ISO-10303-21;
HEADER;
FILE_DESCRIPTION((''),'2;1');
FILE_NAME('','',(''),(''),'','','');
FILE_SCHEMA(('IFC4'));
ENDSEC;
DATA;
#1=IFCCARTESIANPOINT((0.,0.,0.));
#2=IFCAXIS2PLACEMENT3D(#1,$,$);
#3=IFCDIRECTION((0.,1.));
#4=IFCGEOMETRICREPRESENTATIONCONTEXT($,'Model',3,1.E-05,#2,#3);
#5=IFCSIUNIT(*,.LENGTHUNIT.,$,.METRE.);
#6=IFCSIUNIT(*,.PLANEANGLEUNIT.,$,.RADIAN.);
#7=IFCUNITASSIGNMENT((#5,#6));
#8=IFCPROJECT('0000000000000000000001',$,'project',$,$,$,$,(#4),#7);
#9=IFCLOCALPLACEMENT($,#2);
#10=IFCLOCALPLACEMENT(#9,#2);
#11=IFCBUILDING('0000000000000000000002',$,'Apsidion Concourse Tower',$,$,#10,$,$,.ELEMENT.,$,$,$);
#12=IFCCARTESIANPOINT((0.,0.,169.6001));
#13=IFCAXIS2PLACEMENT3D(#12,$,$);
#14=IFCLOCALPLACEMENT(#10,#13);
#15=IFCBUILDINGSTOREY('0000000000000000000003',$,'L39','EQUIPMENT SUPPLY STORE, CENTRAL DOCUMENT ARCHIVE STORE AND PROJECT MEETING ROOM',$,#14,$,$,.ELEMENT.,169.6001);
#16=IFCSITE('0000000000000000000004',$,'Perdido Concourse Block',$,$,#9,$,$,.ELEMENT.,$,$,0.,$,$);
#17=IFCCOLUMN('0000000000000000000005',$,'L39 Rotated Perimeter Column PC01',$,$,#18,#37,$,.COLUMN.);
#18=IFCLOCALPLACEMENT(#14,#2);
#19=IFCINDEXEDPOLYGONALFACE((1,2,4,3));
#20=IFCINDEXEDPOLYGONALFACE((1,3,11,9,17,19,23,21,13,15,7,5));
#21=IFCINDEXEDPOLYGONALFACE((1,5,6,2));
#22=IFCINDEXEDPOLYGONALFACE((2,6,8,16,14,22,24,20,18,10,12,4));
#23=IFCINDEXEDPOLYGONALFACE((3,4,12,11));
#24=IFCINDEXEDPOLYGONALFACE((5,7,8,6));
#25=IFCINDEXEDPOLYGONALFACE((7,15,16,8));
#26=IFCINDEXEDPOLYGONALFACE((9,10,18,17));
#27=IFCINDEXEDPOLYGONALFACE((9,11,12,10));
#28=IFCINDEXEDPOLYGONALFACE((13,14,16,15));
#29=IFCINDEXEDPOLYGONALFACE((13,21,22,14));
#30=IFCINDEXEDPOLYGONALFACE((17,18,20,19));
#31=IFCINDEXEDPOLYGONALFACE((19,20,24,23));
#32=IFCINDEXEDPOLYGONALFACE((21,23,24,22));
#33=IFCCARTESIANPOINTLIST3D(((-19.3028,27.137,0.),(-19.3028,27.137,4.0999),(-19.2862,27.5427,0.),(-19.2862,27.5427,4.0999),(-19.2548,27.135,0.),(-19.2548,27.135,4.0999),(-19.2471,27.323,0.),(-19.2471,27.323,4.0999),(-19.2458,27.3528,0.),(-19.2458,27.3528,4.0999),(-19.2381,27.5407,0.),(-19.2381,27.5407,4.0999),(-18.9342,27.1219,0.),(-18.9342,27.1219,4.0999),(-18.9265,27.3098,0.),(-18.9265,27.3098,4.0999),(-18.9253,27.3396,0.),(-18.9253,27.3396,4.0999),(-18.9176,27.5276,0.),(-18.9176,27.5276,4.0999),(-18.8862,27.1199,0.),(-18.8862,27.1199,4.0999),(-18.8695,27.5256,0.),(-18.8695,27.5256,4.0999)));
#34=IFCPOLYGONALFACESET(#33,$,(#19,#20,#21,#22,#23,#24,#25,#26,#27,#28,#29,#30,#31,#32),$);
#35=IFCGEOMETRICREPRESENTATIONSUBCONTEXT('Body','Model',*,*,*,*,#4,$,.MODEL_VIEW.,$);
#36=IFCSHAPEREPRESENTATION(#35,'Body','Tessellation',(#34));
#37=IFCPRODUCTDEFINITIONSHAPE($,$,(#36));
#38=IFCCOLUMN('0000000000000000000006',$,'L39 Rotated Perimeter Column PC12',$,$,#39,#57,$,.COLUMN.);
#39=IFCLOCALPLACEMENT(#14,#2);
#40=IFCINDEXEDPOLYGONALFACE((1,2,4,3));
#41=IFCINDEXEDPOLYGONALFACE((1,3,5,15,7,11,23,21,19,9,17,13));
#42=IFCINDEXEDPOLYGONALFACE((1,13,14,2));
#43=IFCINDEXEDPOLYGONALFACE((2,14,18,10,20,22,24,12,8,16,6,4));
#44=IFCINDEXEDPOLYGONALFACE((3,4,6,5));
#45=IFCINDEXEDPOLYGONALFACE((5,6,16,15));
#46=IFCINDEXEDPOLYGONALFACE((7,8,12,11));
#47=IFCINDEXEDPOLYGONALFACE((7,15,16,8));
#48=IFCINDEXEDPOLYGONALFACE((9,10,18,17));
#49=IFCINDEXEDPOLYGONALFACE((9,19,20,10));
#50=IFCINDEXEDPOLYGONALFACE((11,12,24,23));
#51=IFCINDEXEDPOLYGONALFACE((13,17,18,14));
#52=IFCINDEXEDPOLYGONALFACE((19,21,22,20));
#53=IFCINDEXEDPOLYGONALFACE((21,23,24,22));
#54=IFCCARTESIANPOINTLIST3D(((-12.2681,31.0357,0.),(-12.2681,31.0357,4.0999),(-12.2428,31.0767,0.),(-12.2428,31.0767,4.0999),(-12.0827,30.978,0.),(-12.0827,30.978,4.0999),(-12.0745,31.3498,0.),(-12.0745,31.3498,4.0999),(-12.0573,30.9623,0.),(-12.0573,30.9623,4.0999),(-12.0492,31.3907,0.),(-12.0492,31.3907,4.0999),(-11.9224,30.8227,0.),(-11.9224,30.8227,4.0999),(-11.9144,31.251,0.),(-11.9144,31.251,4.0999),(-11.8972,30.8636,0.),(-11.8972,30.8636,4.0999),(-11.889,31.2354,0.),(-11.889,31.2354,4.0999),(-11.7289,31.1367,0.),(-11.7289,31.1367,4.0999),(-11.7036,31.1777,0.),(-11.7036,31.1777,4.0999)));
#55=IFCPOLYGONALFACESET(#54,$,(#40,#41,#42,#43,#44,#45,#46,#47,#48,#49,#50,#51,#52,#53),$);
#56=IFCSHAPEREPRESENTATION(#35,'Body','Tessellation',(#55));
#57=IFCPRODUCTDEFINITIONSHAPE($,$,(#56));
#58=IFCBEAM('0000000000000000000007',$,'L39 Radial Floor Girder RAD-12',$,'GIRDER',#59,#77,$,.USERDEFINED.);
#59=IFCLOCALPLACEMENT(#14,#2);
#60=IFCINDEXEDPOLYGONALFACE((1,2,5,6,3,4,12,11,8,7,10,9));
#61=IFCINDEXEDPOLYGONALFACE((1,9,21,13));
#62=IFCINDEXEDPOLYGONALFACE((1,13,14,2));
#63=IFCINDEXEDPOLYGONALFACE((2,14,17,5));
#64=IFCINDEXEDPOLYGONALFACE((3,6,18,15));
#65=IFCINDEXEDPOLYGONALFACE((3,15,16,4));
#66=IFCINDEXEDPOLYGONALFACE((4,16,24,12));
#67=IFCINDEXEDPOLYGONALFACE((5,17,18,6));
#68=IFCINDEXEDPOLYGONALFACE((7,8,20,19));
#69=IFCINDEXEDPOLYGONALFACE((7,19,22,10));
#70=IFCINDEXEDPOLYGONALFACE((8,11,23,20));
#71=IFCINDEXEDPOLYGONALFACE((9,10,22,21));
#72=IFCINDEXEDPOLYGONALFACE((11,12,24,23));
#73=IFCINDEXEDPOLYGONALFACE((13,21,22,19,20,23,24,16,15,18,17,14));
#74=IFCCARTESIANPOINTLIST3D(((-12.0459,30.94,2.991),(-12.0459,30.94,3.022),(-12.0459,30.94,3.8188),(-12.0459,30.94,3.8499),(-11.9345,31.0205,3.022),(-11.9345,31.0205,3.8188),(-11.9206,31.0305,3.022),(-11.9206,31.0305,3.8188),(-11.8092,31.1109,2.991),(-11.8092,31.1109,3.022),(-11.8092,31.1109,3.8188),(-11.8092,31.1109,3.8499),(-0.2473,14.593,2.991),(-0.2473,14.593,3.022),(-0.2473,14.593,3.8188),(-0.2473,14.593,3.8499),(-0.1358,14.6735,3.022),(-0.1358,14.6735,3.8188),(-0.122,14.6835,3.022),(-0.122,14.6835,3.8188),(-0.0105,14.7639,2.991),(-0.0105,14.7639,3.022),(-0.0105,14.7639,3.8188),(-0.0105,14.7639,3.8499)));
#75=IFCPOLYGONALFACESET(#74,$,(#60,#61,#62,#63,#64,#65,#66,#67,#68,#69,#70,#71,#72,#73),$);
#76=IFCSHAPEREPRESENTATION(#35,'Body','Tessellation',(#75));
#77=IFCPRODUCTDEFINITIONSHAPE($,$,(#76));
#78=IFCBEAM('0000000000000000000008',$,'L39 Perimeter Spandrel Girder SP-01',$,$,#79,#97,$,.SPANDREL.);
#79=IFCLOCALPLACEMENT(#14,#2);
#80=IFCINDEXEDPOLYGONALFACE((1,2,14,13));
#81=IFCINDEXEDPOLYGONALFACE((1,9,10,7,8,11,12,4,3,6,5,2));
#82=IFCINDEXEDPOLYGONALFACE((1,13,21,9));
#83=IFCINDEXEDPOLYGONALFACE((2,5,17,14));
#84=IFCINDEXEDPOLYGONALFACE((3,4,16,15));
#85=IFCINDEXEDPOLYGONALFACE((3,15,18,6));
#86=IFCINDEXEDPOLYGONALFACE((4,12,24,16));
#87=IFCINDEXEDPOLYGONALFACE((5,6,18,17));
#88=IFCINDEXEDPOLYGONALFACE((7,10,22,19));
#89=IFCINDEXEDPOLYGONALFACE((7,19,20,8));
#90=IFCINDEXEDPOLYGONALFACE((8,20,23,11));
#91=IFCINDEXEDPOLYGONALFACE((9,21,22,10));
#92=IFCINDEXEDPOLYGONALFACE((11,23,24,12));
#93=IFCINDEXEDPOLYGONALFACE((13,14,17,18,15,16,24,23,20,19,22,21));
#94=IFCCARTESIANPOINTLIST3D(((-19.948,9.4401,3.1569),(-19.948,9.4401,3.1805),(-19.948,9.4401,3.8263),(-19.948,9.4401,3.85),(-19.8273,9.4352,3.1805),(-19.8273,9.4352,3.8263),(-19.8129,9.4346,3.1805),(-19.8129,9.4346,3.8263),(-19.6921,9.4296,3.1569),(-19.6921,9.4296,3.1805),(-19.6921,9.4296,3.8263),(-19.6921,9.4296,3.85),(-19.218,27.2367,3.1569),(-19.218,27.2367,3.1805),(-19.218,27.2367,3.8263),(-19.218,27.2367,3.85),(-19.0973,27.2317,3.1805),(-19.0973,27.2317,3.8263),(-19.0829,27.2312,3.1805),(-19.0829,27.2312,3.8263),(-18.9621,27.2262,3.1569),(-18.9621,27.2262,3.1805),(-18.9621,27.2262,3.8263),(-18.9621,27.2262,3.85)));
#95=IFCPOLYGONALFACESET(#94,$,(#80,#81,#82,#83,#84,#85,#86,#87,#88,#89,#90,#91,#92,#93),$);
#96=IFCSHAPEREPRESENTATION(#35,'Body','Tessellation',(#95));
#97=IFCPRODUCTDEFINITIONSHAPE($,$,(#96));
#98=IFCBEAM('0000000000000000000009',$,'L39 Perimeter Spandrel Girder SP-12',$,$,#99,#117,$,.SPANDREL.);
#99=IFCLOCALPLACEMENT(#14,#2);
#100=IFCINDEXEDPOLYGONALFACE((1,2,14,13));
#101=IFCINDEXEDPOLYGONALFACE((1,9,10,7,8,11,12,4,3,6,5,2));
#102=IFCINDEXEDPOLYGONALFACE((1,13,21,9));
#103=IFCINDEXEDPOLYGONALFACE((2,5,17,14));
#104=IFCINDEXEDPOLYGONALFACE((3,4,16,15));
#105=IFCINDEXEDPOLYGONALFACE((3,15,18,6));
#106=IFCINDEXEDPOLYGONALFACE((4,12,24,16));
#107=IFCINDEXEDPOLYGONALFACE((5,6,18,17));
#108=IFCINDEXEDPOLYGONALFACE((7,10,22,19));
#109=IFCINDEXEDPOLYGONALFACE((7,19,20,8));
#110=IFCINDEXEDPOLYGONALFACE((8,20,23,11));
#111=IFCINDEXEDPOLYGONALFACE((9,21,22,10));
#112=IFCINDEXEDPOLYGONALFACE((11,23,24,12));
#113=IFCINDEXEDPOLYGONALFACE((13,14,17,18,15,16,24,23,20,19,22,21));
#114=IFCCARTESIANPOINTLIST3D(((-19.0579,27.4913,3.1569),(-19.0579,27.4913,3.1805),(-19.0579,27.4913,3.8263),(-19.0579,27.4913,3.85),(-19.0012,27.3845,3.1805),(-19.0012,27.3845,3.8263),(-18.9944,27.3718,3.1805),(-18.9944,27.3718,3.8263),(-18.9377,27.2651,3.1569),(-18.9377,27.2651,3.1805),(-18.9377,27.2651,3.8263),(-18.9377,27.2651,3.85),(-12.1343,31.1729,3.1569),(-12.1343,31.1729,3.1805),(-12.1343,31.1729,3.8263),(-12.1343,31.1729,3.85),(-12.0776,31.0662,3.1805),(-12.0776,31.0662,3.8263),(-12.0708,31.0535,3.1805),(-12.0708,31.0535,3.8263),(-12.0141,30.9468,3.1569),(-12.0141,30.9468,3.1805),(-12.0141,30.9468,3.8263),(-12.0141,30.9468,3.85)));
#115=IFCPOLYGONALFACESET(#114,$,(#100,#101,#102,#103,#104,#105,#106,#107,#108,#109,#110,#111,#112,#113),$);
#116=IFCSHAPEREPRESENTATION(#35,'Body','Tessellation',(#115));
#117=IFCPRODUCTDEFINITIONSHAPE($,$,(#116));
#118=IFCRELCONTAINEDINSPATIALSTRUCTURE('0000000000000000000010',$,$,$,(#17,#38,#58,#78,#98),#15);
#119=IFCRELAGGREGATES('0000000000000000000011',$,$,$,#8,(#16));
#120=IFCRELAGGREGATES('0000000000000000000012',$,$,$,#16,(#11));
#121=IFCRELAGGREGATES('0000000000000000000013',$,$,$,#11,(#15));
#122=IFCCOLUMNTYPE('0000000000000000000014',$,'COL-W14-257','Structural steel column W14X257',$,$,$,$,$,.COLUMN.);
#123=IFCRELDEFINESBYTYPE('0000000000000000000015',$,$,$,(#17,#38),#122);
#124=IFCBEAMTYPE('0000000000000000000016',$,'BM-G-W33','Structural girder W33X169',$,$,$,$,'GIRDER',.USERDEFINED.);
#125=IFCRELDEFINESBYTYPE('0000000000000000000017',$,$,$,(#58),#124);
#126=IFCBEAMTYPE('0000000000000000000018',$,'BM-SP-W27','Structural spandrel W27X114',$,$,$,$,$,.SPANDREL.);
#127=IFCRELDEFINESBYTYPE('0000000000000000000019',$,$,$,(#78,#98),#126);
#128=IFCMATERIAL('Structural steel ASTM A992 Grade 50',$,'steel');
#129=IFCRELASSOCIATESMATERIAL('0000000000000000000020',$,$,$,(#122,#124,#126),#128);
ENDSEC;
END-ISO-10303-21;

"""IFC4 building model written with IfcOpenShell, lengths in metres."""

from ifc_helpers import new_model, si_unit, direction, frame, origin, origin_2d, place, context, subcontext, project, spatial, i_section, extrude, material, material_profile, profile_set, type_object, element, save


model = new_model("IFC4")

# Units and contexts
model_context = context("Model", 3, precision=1e-05, world=origin(), true_north=direction((0.0, 1.0)))
body_context = subcontext(model_context, "Body", "Model", "MODEL_VIEW")
ifc_project = project(units=[si_unit("LENGTHUNIT", "METRE"), si_unit("PLANEANGLEUNIT", "RADIAN")], contexts=[model_context])

# Site, building, storey
site_placement = place(None, origin())
site = spatial("IfcSite", under=ifc_project, at=site_placement, Name="Perdido Concourse Block", CompositionType="ELEMENT", RefElevation=0.0)
building_placement = place(site_placement, origin())
building = spatial("IfcBuilding", under=site, at=building_placement, Name="Apsidion Concourse Tower", CompositionType="ELEMENT")
storey_placement = place(building_placement, frame((0.0, 0.0, 169.6001)))
storey = spatial("IfcBuildingStorey", under=building, at=storey_placement, Name="L39", Description="EQUIPMENT SUPPLY STORE, CENTRAL DOCUMENT ARCHIVE STORE AND PROJECT MEETING ROOM", CompositionType="ELEMENT", Elevation=169.6001)

# Columns
ifc_material_1 = material(Name="Structural steel ASTM A992 Grade 50", Category="steel")
ifc_material_profile_1 = material_profile(ifc_material_1, i_section(OverallWidth=0.406, OverallDepth=0.417, WebThickness=0.0298, FlangeThickness=0.0481, at=origin_2d()), Name="W14X257")
ifc_profile_set_1 = profile_set([ifc_material_profile_1], Name="Structural steel ASTM A992 Grade 50")
column_type = type_object("IfcColumnType", Name="COL-W14-257", Description="Structural steel column W14X257", PredefinedType="COLUMN", material=ifc_profile_set_1)
for number, where, z_axis, x_axis, name in (
    (1, (-19.0862, 27.3313, 0.0), (0.0, 0.0, 1.0), (0.041004, 0.999159, 0.0), "L39 Rotated Perimeter Column PC01"),
    (2, (-11.9858, 31.1067, 0.0), (0.0, 0.0, 1.0), (-0.851269, 0.524729, 0.0), "L39 Rotated Perimeter Column PC12"),
):
    element("IfcColumn", number, at=place(storey_placement, frame(where, z_axis=z_axis, x_axis=x_axis)), inside=storey, type_object=column_type, Name=name, PredefinedType="COLUMN", context=body_context, shape_type="SweptSolid", body=[
        extrude(i_section(OverallWidth=0.406, OverallDepth=0.417, WebThickness=0.0298, FlangeThickness=0.0481, at=origin_2d()), origin(), (0.0, 0.0, 1.0), 4.0999),
    ])

# Beams
ifc_material_profile_2 = material_profile(ifc_material_1, i_section(OverallWidth=0.292, OverallDepth=0.8589, WebThickness=0.0171, FlangeThickness=0.031, at=origin_2d()), Name="W33X169")
ifc_profile_set_2 = profile_set([ifc_material_profile_2], Name="Structural steel ASTM A992 Grade 50")
beam_type_1 = type_object("IfcBeamType", Name="BM-G-W33", Description="Structural girder W33X169", ElementType="GIRDER", PredefinedType="USERDEFINED", material=ifc_profile_set_2)
beam_1_placement = place(storey_placement, frame((-0.1289, 14.6785, 3.4204), z_axis=(-0.585245, 0.810856, 0.0), x_axis=(-0.810856, -0.585245, 0.0)))
element("IfcBeam", 3, at=beam_1_placement, inside=storey, type_object=beam_type_1, Name="L39 Radial Floor Girder RAD-12", ObjectType="GIRDER", PredefinedType="USERDEFINED", context=body_context, shape_type="SweptSolid", body=[
    extrude(i_section(OverallWidth=0.292, OverallDepth=0.8589, WebThickness=0.0171, FlangeThickness=0.031, at=origin_2d()), origin(), (0.0, 0.0, 1.0), 20.1602),
])
ifc_material_profile_3 = material_profile(ifc_material_1, i_section(OverallWidth=0.2561, OverallDepth=0.6931, WebThickness=0.0144, FlangeThickness=0.0237, at=origin_2d()), Name="W27X114")
ifc_profile_set_3 = profile_set([ifc_material_profile_3], Name="Structural steel ASTM A992 Grade 50")
beam_type_2 = type_object("IfcBeamType", Name="BM-SP-W27", Description="Structural spandrel W27X114", PredefinedType="SPANDREL", material=ifc_profile_set_3)
beam_2_placement = place(storey_placement, frame((-19.0901, 27.2314, 3.5034), z_axis=(-0.040983, -0.99916, 0.0), x_axis=(0.99916, -0.040983, 0.0)))
element("IfcBeam", 4, at=beam_2_placement, inside=storey, type_object=beam_type_2, Name="L39 Perimeter Spandrel Girder SP-01", PredefinedType="SPANDREL", context=body_context, shape_type="SweptSolid", body=[
    extrude(i_section(OverallWidth=0.2561, OverallDepth=0.6931, WebThickness=0.0144, FlangeThickness=0.0237, at=origin_2d()), origin(), (0.0, 0.0, 1.0), 17.8115),
])
beam_3_placement = place(storey_placement, frame((-12.0742, 31.0598, 3.5034), z_axis=(-0.882931, -0.469502, 0.0), x_axis=(0.469502, -0.882931, 0.0)))
element("IfcBeam", 5, at=beam_3_placement, inside=storey, type_object=beam_type_2, Name="L39 Perimeter Spandrel Girder SP-12", PredefinedType="SPANDREL", context=body_context, shape_type="SweptSolid", body=[
    extrude(i_section(OverallWidth=0.2561, OverallDepth=0.6931, WebThickness=0.0144, FlangeThickness=0.0237, at=origin_2d()), origin(), (0.0, 0.0, 1.0), 7.8416),
])

save(model, "model.ifc")
